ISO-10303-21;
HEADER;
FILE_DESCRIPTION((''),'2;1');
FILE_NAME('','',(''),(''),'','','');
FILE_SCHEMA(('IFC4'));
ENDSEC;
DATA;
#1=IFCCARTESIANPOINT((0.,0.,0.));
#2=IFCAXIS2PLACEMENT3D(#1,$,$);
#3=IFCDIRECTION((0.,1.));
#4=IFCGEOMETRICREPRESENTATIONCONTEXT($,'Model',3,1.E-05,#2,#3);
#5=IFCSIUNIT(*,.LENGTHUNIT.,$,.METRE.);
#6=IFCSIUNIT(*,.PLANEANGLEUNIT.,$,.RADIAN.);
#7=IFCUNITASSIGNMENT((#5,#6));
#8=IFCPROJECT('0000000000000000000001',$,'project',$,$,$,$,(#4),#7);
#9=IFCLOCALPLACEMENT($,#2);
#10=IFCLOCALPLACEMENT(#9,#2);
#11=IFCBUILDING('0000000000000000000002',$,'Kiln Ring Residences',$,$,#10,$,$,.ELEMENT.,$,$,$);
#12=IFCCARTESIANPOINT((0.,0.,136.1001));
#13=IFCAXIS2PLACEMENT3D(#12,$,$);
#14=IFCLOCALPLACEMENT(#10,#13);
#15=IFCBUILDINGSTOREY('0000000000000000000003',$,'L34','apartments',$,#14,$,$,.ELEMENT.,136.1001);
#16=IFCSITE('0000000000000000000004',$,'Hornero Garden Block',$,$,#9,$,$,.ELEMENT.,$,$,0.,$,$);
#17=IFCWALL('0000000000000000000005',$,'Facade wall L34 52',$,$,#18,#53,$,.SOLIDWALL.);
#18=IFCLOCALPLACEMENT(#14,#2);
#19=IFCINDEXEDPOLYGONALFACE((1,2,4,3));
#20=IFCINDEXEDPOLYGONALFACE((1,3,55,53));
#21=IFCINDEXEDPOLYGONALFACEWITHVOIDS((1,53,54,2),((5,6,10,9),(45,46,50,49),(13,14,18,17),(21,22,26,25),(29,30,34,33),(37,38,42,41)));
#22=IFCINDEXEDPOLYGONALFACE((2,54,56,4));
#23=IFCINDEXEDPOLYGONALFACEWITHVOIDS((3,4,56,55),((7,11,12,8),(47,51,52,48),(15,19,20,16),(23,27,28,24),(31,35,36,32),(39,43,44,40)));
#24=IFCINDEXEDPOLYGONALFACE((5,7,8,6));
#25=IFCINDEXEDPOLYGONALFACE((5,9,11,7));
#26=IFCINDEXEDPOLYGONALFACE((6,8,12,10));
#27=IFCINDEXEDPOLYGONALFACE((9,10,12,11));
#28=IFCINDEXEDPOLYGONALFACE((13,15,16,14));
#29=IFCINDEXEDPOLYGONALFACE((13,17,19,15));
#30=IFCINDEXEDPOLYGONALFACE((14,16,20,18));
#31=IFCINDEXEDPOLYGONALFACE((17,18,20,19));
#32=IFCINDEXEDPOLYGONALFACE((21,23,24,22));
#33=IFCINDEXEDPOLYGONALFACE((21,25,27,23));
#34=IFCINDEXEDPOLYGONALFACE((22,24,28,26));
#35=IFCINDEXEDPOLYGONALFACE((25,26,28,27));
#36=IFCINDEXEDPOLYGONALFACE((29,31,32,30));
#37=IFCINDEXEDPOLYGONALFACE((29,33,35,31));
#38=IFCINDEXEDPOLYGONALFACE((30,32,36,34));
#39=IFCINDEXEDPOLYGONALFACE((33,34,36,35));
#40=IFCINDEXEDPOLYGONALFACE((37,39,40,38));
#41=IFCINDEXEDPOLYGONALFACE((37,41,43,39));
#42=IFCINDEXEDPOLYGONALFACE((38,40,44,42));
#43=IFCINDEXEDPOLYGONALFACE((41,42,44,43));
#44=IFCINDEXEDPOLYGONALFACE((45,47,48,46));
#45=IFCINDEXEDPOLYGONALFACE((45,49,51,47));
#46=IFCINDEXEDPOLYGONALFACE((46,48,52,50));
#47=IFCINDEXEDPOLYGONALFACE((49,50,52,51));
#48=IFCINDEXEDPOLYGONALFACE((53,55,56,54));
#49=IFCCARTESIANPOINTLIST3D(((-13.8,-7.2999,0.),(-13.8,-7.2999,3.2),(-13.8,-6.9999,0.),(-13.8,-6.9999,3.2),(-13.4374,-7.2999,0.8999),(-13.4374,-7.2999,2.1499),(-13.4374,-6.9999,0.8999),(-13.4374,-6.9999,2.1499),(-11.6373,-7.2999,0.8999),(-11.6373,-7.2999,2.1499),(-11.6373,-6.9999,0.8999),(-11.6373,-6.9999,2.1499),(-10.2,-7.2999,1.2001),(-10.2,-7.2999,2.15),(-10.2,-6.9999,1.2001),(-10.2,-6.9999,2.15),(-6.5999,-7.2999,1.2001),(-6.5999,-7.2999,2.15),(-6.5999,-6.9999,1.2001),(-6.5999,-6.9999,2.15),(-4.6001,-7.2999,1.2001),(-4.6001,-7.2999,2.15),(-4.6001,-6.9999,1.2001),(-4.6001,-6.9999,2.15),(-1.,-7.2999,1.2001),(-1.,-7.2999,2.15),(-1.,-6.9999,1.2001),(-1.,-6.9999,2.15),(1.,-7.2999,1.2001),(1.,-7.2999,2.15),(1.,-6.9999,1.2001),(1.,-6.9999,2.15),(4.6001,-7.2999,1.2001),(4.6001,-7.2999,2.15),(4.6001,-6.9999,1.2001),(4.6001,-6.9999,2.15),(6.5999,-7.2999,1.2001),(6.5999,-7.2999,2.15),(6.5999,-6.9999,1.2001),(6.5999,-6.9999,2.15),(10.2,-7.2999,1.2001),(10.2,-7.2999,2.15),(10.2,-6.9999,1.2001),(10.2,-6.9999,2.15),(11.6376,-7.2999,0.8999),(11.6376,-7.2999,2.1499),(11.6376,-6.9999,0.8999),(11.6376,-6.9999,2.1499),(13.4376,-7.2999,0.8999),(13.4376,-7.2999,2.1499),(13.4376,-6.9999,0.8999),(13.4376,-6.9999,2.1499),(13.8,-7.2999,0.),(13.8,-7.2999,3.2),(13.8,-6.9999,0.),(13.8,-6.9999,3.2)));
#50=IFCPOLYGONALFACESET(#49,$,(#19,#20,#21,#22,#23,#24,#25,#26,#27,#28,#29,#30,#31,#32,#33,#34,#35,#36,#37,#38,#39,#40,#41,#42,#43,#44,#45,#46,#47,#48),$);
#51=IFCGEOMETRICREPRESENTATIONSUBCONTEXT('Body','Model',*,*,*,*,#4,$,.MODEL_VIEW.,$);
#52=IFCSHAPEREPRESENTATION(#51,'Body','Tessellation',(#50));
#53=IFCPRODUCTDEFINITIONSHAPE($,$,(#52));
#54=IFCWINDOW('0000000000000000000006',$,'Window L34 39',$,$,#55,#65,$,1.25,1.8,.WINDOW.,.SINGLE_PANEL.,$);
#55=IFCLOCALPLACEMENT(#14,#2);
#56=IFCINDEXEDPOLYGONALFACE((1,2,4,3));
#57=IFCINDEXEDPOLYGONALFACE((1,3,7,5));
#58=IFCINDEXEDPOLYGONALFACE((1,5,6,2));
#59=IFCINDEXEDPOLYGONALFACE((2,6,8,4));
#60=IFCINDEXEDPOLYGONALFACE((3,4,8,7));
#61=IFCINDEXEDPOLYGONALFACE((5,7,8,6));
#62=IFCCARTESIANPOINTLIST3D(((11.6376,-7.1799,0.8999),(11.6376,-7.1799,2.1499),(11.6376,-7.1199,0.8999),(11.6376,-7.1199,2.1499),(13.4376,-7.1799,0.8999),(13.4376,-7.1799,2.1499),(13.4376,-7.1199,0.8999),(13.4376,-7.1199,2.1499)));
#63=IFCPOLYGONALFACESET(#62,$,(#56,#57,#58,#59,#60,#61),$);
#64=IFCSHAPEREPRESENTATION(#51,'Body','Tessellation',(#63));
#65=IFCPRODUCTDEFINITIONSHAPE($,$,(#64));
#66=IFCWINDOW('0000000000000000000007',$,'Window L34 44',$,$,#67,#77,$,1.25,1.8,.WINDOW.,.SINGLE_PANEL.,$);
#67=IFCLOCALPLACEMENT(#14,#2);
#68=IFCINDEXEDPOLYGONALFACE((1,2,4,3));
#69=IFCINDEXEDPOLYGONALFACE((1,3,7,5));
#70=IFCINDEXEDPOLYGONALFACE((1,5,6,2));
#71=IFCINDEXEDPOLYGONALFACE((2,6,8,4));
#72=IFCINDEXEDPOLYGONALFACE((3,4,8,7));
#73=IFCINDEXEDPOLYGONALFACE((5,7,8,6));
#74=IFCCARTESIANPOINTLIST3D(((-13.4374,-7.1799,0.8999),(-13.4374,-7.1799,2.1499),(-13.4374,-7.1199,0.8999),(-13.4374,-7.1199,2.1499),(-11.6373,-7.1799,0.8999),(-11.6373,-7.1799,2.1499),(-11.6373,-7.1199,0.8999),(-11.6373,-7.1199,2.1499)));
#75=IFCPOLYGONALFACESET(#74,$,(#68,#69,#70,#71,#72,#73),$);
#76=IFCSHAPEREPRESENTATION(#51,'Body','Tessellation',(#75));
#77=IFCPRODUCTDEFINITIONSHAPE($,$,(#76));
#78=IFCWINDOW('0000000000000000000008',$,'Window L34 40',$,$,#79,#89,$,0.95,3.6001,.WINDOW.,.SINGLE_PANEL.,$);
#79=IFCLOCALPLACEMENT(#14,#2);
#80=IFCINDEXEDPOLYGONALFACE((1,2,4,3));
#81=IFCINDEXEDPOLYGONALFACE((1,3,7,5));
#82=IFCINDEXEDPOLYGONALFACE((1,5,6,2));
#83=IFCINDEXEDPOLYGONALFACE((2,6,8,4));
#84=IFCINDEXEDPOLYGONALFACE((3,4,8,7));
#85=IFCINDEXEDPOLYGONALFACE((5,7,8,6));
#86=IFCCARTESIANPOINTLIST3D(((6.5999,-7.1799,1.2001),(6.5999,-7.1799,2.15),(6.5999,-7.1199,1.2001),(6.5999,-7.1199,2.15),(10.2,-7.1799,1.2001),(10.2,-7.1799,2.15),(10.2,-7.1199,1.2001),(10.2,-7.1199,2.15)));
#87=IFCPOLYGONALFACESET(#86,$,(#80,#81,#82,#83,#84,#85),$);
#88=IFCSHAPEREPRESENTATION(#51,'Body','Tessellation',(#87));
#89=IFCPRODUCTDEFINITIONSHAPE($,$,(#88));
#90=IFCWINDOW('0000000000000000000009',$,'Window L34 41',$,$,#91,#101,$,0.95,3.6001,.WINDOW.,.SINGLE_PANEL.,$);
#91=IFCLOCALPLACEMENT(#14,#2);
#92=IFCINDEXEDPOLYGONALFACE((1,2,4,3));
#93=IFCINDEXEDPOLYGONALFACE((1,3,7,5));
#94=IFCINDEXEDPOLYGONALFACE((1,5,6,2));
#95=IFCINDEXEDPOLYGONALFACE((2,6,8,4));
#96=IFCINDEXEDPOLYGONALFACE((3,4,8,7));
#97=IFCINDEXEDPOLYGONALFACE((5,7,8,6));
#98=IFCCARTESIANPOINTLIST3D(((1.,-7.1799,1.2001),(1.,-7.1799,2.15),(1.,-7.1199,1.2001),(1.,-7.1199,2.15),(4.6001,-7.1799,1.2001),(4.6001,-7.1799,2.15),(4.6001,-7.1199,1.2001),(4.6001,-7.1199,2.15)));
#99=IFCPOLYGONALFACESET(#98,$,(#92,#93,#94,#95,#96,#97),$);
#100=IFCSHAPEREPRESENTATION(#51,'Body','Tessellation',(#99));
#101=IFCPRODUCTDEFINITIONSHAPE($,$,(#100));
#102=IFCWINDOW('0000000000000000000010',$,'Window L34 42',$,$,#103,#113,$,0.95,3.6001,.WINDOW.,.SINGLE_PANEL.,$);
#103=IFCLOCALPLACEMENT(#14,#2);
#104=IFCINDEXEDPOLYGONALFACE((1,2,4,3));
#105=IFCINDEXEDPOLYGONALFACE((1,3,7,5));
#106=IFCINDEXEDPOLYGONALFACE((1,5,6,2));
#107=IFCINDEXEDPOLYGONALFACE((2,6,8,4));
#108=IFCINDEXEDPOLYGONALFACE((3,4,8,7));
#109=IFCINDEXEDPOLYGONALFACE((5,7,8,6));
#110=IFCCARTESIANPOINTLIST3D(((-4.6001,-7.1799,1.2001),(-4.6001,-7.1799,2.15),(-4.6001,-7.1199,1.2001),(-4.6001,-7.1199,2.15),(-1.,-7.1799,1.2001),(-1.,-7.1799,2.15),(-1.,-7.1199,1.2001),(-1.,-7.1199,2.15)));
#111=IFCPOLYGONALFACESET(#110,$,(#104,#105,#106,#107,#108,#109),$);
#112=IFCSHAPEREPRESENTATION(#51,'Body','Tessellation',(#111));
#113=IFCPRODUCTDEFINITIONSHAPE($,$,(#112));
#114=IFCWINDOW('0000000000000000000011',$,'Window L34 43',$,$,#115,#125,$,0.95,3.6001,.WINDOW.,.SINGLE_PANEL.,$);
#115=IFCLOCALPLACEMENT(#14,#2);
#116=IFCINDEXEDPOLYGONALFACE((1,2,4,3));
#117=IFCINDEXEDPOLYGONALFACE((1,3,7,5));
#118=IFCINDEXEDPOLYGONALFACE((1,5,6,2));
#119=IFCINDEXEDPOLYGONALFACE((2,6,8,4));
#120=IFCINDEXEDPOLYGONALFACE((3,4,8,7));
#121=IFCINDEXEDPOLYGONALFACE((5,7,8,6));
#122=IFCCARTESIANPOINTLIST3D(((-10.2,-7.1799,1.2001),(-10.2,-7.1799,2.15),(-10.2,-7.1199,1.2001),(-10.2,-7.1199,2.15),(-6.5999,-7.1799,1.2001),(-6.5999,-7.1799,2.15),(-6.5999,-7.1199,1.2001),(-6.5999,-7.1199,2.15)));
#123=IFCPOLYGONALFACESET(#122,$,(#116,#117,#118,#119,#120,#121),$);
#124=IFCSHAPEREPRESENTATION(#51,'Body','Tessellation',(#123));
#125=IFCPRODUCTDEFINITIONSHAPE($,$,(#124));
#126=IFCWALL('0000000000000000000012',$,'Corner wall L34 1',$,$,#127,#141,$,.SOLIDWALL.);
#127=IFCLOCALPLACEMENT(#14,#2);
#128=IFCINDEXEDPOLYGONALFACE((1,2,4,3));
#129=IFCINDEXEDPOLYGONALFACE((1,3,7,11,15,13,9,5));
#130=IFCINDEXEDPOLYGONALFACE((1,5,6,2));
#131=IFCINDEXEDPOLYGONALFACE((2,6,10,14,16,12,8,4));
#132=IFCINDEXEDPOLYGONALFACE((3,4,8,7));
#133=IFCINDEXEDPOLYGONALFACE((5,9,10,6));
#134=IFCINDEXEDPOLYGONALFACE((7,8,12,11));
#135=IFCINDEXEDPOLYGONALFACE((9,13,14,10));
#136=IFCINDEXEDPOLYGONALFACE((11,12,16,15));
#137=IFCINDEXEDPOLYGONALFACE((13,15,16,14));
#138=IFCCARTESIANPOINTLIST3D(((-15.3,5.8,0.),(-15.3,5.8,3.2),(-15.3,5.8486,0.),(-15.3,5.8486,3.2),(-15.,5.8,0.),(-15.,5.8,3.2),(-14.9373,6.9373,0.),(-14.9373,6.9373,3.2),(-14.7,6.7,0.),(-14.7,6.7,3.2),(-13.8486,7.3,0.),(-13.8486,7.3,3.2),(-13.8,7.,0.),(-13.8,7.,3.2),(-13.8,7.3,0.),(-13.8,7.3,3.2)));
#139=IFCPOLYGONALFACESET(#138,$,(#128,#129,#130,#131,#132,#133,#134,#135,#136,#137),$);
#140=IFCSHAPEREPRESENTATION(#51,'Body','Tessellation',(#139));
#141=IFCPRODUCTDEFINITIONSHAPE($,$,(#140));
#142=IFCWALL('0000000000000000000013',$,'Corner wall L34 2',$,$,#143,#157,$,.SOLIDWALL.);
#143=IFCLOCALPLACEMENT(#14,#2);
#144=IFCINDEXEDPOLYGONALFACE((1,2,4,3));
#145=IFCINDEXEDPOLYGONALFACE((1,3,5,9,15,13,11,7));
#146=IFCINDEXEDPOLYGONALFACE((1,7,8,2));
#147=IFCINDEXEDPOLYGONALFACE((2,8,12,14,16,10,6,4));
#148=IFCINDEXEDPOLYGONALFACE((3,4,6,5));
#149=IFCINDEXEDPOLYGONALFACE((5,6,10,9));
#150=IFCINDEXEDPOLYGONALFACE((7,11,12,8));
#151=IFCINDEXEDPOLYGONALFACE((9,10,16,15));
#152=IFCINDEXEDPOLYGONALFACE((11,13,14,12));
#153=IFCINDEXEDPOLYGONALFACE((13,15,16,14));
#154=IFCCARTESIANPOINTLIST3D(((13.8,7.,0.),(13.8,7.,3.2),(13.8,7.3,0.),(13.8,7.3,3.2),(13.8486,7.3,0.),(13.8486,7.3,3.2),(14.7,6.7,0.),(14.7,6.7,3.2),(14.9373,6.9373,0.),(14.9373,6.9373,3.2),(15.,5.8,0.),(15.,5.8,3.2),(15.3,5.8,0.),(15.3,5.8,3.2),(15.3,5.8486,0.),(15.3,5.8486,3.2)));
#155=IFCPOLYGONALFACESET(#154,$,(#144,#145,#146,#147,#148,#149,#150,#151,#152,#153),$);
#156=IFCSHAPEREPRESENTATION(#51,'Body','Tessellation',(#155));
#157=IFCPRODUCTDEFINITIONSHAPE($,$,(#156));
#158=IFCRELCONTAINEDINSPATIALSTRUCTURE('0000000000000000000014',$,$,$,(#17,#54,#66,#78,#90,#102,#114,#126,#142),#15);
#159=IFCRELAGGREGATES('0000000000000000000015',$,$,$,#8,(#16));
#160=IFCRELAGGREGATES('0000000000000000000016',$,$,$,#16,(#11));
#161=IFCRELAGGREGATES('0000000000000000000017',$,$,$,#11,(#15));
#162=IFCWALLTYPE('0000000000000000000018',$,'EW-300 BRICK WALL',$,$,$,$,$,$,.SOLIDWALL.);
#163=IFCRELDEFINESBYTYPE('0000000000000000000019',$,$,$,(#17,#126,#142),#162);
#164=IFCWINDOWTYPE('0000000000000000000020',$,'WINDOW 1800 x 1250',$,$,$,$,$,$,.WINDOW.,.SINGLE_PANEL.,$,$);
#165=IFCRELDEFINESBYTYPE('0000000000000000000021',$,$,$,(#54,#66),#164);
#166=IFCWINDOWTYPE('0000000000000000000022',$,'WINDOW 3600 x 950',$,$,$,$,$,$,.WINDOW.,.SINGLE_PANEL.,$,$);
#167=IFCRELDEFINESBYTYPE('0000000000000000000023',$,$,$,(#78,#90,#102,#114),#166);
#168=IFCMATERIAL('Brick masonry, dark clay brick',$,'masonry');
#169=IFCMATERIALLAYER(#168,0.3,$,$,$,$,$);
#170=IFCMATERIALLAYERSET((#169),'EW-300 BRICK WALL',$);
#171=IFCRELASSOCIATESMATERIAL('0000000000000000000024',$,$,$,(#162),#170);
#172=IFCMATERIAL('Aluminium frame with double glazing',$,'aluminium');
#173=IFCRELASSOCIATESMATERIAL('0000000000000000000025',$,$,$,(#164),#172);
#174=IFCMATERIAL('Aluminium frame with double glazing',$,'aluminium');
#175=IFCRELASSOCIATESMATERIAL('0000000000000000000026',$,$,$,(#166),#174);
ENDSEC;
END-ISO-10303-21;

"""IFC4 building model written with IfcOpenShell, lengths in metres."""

from ifc_helpers import new_model, si_unit, direction, frame, frame_2d, origin, place, context, subcontext, project, spatial, polyline, rectangle, outline, extrude, material, layer, layer_set, type_object, element, fill, save


model = new_model("IFC4")

# Units and contexts
model_context = context("Model", 3, precision=1e-05, world=origin(), true_north=direction((0.0, 1.0)))
body_context = subcontext(model_context, "Body", "Model", "MODEL_VIEW")
ifc_project = project(units=[si_unit("LENGTHUNIT", "METRE"), si_unit("PLANEANGLEUNIT", "RADIAN")], contexts=[model_context])

# Site, building, storey
site_placement = place(None, origin())
site = spatial("IfcSite", under=ifc_project, at=site_placement, Name="Hornero Garden Block", CompositionType="ELEMENT", RefElevation=0.0)
building_placement = place(site_placement, origin())
building = spatial("IfcBuilding", under=site, at=building_placement, Name="Kiln Ring Residences", CompositionType="ELEMENT")
storey_placement = place(building_placement, frame((0.0, 0.0, 136.1001)))
storey = spatial("IfcBuildingStorey", under=building, at=storey_placement, Name="L34", Description="apartments", CompositionType="ELEMENT", Elevation=136.1001)

# Wall, openings, windows
ifc_material_1 = material(Name="Brick masonry, dark clay brick", Category="masonry")
ifc_layer_1 = layer(ifc_material_1, 0.3)
ifc_layer_set_1 = layer_set([ifc_layer_1], Name="EW-300 BRICK WALL")
wall_type_1 = type_object("IfcWallType", Name="EW-300 BRICK WALL", PredefinedType="SOLIDWALL", material=ifc_layer_set_1)
wall_1_placement = place(storey_placement, frame((13.8, -7.1499, 0.0), z_axis=(0.0, 0.0, 1.0), x_axis=(-1.0, 0.0, 0.0)))
wall_1 = element("IfcWall", 1, at=wall_1_placement, inside=storey, type_object=wall_type_1, Name="Facade wall L34 52", PredefinedType="SOLIDWALL", context=body_context, shape_type="SweptSolid", body=[
    extrude(rectangle(XDim=27.6001, YDim=0.3, at=frame_2d((13.8, 0.0))), origin(), (0.0, 0.0, 1.0), 3.2),
])
opening_1_placement = place(wall_1_placement, frame((0.3625, 0.0, 0.8999)))
opening_1 = element("IfcOpeningElement", 2, at=opening_1_placement, cuts=wall_1, PredefinedType="OPENING", context=body_context, shape_type="SweptSolid", body=[
    extrude(rectangle(XDim=1.8, YDim=1.25, at=frame_2d((0.8999, 0.625))), frame((0.0, 0.1599, 0.0), z_axis=(0.0, -1.0, 0.0), x_axis=(1.0, 0.0, 0.0)), (0.0, 0.0, 1.0), 0.3201),
])
opening_2_placement = place(wall_1_placement, frame((3.6001, 0.0, 1.2)))
opening_2 = element("IfcOpeningElement", 3, at=opening_2_placement, cuts=wall_1, PredefinedType="OPENING", context=body_context, shape_type="SweptSolid", body=[
    extrude(rectangle(XDim=3.6001, YDim=0.95, at=frame_2d((1.8, 0.4751))), frame((0.0, 0.1599, 0.0), z_axis=(0.0, -1.0, 0.0), x_axis=(1.0, 0.0, 0.0)), (0.0, 0.0, 1.0), 0.3201),
])
opening_3_placement = place(wall_1_placement, frame((9.2, 0.0, 1.2)))
opening_3 = element("IfcOpeningElement", 4, at=opening_3_placement, cuts=wall_1, PredefinedType="OPENING", context=body_context, shape_type="SweptSolid", body=[
    extrude(rectangle(XDim=3.6001, YDim=0.95, at=frame_2d((1.8, 0.4751))), frame((0.0, 0.1599, 0.0), z_axis=(0.0, -1.0, 0.0), x_axis=(1.0, 0.0, 0.0)), (0.0, 0.0, 1.0), 0.3201),
])
opening_4_placement = place(wall_1_placement, frame((14.8, 0.0, 1.2)))
opening_4 = element("IfcOpeningElement", 5, at=opening_4_placement, cuts=wall_1, PredefinedType="OPENING", context=body_context, shape_type="SweptSolid", body=[
    extrude(rectangle(XDim=3.6001, YDim=0.95, at=frame_2d((1.8, 0.4751))), frame((0.0, 0.1599, 0.0), z_axis=(0.0, -1.0, 0.0), x_axis=(1.0, 0.0, 0.0)), (0.0, 0.0, 1.0), 0.3201),
])
opening_5_placement = place(wall_1_placement, frame((20.3999, 0.0, 1.2)))
opening_5 = element("IfcOpeningElement", 6, at=opening_5_placement, cuts=wall_1, PredefinedType="OPENING", context=body_context, shape_type="SweptSolid", body=[
    extrude(rectangle(XDim=3.6001, YDim=0.95, at=frame_2d((1.8, 0.4751))), frame((0.0, 0.1599, 0.0), z_axis=(0.0, -1.0, 0.0), x_axis=(1.0, 0.0, 0.0)), (0.0, 0.0, 1.0), 0.3201),
])
opening_6_placement = place(wall_1_placement, frame((25.4375, 0.0, 0.8999)))
opening_6 = element("IfcOpeningElement", 7, at=opening_6_placement, cuts=wall_1, PredefinedType="OPENING", context=body_context, shape_type="SweptSolid", body=[
    extrude(rectangle(XDim=1.8, YDim=1.25, at=frame_2d((0.8999, 0.625))), frame((0.0, 0.1599, 0.0), z_axis=(0.0, -1.0, 0.0), x_axis=(1.0, 0.0, 0.0)), (0.0, 0.0, 1.0), 0.3201),
])
ifc_material_2 = material(Name="Aluminium frame with double glazing", Category="aluminium")
window_type_1 = type_object("IfcWindowType", Name="WINDOW 1800 x 1250", PartitioningType="SINGLE_PANEL", PredefinedType="WINDOW", material=ifc_material_2)
window_1_placement = place(opening_1_placement, origin())
window_1 = element("IfcWindow", 8, at=window_1_placement, inside=storey, type_object=window_type_1, Name="Window L34 39", OverallHeight=1.25, OverallWidth=1.8, PartitioningType="SINGLE_PANEL", PredefinedType="WINDOW", context=body_context, shape_type="SweptSolid", body=[
    extrude(rectangle(XDim=1.8, YDim=1.25, at=frame_2d((0.8999, 0.625))), frame((0.0, 0.03, 0.0), z_axis=(0.0, -1.0, 0.0), x_axis=(1.0, 0.0, 0.0)), (0.0, 0.0, 1.0), 0.0601),
])
fill(opening_1, window_1)
window_2_placement = place(opening_6_placement, origin())
window_2 = element("IfcWindow", 9, at=window_2_placement, inside=storey, type_object=window_type_1, Name="Window L34 44", OverallHeight=1.25, OverallWidth=1.8, PartitioningType="SINGLE_PANEL", PredefinedType="WINDOW", context=body_context, shape_type="SweptSolid", body=[
    extrude(rectangle(XDim=1.8, YDim=1.25, at=frame_2d((0.8999, 0.625))), frame((0.0, 0.03, 0.0), z_axis=(0.0, -1.0, 0.0), x_axis=(1.0, 0.0, 0.0)), (0.0, 0.0, 1.0), 0.0601),
])
fill(opening_6, window_2)
ifc_material_3 = material(Name="Aluminium frame with double glazing", Category="aluminium")
window_type_2 = type_object("IfcWindowType", Name="WINDOW 3600 x 950", PartitioningType="SINGLE_PANEL", PredefinedType="WINDOW", material=ifc_material_3)
window_3_placement = place(opening_2_placement, origin())
window_3 = element("IfcWindow", 10, at=window_3_placement, inside=storey, type_object=window_type_2, Name="Window L34 40", OverallHeight=0.95, OverallWidth=3.6001, PartitioningType="SINGLE_PANEL", PredefinedType="WINDOW", context=body_context, shape_type="SweptSolid", body=[
    extrude(rectangle(XDim=3.6001, YDim=0.95, at=frame_2d((1.8, 0.4751))), frame((0.0, 0.03, 0.0), z_axis=(0.0, -1.0, 0.0), x_axis=(1.0, 0.0, 0.0)), (0.0, 0.0, 1.0), 0.0601),
])
fill(opening_2, window_3)
window_4_placement = place(opening_3_placement, origin())
window_4 = element("IfcWindow", 11, at=window_4_placement, inside=storey, type_object=window_type_2, Name="Window L34 41", OverallHeight=0.95, OverallWidth=3.6001, PartitioningType="SINGLE_PANEL", PredefinedType="WINDOW", context=body_context, shape_type="SweptSolid", body=[
    extrude(rectangle(XDim=3.6001, YDim=0.95, at=frame_2d((1.8, 0.4751))), frame((0.0, 0.03, 0.0), z_axis=(0.0, -1.0, 0.0), x_axis=(1.0, 0.0, 0.0)), (0.0, 0.0, 1.0), 0.0601),
])
fill(opening_3, window_4)
window_5_placement = place(opening_4_placement, origin())
window_5 = element("IfcWindow", 12, at=window_5_placement, inside=storey, type_object=window_type_2, Name="Window L34 42", OverallHeight=0.95, OverallWidth=3.6001, PartitioningType="SINGLE_PANEL", PredefinedType="WINDOW", context=body_context, shape_type="SweptSolid", body=[
    extrude(rectangle(XDim=3.6001, YDim=0.95, at=frame_2d((1.8, 0.4751))), frame((0.0, 0.03, 0.0), z_axis=(0.0, -1.0, 0.0), x_axis=(1.0, 0.0, 0.0)), (0.0, 0.0, 1.0), 0.0601),
])
fill(opening_4, window_5)
window_6_placement = place(opening_5_placement, origin())
window_6 = element("IfcWindow", 13, at=window_6_placement, inside=storey, type_object=window_type_2, Name="Window L34 43", OverallHeight=0.95, OverallWidth=3.6001, PartitioningType="SINGLE_PANEL", PredefinedType="WINDOW", context=body_context, shape_type="SweptSolid", body=[
    extrude(rectangle(XDim=3.6001, YDim=0.95, at=frame_2d((1.8, 0.4751))), frame((0.0, 0.03, 0.0), z_axis=(0.0, -1.0, 0.0), x_axis=(1.0, 0.0, 0.0)), (0.0, 0.0, 1.0), 0.0601),
])
fill(opening_5, window_6)

# Walls
placement = place(storey_placement, origin())
element("IfcWall", 14, at=placement, inside=storey, type_object=wall_type_1, Name="Corner wall L34 1", PredefinedType="SOLIDWALL", context=body_context, shape_type="SweptSolid", body=[
    extrude(outline(polyline([(-13.8486, 7.3), (-14.9373, 6.9373), (-15.3, 5.8486), (-15.3, 5.8), (-15.0, 5.8), (-14.7, 6.7), (-13.8, 7.0), (-13.8, 7.3), (-13.8486, 7.3)])), origin(), (0.0, 0.0, 1.0), 3.2),
])
element("IfcWall", 15, at=placement, inside=storey, type_object=wall_type_1, Name="Corner wall L34 2", PredefinedType="SOLIDWALL", context=body_context, shape_type="SweptSolid", body=[
    extrude(outline(polyline([(14.9373, 6.9373), (13.8486, 7.3), (13.8, 7.3), (13.8, 7.0), (14.7, 6.7), (15.0, 5.8), (15.3, 5.8), (15.3, 5.8486), (14.9373, 6.9373)])), origin(), (0.0, 0.0, 1.0), 3.2),
])

save(model, "model.ifc")
